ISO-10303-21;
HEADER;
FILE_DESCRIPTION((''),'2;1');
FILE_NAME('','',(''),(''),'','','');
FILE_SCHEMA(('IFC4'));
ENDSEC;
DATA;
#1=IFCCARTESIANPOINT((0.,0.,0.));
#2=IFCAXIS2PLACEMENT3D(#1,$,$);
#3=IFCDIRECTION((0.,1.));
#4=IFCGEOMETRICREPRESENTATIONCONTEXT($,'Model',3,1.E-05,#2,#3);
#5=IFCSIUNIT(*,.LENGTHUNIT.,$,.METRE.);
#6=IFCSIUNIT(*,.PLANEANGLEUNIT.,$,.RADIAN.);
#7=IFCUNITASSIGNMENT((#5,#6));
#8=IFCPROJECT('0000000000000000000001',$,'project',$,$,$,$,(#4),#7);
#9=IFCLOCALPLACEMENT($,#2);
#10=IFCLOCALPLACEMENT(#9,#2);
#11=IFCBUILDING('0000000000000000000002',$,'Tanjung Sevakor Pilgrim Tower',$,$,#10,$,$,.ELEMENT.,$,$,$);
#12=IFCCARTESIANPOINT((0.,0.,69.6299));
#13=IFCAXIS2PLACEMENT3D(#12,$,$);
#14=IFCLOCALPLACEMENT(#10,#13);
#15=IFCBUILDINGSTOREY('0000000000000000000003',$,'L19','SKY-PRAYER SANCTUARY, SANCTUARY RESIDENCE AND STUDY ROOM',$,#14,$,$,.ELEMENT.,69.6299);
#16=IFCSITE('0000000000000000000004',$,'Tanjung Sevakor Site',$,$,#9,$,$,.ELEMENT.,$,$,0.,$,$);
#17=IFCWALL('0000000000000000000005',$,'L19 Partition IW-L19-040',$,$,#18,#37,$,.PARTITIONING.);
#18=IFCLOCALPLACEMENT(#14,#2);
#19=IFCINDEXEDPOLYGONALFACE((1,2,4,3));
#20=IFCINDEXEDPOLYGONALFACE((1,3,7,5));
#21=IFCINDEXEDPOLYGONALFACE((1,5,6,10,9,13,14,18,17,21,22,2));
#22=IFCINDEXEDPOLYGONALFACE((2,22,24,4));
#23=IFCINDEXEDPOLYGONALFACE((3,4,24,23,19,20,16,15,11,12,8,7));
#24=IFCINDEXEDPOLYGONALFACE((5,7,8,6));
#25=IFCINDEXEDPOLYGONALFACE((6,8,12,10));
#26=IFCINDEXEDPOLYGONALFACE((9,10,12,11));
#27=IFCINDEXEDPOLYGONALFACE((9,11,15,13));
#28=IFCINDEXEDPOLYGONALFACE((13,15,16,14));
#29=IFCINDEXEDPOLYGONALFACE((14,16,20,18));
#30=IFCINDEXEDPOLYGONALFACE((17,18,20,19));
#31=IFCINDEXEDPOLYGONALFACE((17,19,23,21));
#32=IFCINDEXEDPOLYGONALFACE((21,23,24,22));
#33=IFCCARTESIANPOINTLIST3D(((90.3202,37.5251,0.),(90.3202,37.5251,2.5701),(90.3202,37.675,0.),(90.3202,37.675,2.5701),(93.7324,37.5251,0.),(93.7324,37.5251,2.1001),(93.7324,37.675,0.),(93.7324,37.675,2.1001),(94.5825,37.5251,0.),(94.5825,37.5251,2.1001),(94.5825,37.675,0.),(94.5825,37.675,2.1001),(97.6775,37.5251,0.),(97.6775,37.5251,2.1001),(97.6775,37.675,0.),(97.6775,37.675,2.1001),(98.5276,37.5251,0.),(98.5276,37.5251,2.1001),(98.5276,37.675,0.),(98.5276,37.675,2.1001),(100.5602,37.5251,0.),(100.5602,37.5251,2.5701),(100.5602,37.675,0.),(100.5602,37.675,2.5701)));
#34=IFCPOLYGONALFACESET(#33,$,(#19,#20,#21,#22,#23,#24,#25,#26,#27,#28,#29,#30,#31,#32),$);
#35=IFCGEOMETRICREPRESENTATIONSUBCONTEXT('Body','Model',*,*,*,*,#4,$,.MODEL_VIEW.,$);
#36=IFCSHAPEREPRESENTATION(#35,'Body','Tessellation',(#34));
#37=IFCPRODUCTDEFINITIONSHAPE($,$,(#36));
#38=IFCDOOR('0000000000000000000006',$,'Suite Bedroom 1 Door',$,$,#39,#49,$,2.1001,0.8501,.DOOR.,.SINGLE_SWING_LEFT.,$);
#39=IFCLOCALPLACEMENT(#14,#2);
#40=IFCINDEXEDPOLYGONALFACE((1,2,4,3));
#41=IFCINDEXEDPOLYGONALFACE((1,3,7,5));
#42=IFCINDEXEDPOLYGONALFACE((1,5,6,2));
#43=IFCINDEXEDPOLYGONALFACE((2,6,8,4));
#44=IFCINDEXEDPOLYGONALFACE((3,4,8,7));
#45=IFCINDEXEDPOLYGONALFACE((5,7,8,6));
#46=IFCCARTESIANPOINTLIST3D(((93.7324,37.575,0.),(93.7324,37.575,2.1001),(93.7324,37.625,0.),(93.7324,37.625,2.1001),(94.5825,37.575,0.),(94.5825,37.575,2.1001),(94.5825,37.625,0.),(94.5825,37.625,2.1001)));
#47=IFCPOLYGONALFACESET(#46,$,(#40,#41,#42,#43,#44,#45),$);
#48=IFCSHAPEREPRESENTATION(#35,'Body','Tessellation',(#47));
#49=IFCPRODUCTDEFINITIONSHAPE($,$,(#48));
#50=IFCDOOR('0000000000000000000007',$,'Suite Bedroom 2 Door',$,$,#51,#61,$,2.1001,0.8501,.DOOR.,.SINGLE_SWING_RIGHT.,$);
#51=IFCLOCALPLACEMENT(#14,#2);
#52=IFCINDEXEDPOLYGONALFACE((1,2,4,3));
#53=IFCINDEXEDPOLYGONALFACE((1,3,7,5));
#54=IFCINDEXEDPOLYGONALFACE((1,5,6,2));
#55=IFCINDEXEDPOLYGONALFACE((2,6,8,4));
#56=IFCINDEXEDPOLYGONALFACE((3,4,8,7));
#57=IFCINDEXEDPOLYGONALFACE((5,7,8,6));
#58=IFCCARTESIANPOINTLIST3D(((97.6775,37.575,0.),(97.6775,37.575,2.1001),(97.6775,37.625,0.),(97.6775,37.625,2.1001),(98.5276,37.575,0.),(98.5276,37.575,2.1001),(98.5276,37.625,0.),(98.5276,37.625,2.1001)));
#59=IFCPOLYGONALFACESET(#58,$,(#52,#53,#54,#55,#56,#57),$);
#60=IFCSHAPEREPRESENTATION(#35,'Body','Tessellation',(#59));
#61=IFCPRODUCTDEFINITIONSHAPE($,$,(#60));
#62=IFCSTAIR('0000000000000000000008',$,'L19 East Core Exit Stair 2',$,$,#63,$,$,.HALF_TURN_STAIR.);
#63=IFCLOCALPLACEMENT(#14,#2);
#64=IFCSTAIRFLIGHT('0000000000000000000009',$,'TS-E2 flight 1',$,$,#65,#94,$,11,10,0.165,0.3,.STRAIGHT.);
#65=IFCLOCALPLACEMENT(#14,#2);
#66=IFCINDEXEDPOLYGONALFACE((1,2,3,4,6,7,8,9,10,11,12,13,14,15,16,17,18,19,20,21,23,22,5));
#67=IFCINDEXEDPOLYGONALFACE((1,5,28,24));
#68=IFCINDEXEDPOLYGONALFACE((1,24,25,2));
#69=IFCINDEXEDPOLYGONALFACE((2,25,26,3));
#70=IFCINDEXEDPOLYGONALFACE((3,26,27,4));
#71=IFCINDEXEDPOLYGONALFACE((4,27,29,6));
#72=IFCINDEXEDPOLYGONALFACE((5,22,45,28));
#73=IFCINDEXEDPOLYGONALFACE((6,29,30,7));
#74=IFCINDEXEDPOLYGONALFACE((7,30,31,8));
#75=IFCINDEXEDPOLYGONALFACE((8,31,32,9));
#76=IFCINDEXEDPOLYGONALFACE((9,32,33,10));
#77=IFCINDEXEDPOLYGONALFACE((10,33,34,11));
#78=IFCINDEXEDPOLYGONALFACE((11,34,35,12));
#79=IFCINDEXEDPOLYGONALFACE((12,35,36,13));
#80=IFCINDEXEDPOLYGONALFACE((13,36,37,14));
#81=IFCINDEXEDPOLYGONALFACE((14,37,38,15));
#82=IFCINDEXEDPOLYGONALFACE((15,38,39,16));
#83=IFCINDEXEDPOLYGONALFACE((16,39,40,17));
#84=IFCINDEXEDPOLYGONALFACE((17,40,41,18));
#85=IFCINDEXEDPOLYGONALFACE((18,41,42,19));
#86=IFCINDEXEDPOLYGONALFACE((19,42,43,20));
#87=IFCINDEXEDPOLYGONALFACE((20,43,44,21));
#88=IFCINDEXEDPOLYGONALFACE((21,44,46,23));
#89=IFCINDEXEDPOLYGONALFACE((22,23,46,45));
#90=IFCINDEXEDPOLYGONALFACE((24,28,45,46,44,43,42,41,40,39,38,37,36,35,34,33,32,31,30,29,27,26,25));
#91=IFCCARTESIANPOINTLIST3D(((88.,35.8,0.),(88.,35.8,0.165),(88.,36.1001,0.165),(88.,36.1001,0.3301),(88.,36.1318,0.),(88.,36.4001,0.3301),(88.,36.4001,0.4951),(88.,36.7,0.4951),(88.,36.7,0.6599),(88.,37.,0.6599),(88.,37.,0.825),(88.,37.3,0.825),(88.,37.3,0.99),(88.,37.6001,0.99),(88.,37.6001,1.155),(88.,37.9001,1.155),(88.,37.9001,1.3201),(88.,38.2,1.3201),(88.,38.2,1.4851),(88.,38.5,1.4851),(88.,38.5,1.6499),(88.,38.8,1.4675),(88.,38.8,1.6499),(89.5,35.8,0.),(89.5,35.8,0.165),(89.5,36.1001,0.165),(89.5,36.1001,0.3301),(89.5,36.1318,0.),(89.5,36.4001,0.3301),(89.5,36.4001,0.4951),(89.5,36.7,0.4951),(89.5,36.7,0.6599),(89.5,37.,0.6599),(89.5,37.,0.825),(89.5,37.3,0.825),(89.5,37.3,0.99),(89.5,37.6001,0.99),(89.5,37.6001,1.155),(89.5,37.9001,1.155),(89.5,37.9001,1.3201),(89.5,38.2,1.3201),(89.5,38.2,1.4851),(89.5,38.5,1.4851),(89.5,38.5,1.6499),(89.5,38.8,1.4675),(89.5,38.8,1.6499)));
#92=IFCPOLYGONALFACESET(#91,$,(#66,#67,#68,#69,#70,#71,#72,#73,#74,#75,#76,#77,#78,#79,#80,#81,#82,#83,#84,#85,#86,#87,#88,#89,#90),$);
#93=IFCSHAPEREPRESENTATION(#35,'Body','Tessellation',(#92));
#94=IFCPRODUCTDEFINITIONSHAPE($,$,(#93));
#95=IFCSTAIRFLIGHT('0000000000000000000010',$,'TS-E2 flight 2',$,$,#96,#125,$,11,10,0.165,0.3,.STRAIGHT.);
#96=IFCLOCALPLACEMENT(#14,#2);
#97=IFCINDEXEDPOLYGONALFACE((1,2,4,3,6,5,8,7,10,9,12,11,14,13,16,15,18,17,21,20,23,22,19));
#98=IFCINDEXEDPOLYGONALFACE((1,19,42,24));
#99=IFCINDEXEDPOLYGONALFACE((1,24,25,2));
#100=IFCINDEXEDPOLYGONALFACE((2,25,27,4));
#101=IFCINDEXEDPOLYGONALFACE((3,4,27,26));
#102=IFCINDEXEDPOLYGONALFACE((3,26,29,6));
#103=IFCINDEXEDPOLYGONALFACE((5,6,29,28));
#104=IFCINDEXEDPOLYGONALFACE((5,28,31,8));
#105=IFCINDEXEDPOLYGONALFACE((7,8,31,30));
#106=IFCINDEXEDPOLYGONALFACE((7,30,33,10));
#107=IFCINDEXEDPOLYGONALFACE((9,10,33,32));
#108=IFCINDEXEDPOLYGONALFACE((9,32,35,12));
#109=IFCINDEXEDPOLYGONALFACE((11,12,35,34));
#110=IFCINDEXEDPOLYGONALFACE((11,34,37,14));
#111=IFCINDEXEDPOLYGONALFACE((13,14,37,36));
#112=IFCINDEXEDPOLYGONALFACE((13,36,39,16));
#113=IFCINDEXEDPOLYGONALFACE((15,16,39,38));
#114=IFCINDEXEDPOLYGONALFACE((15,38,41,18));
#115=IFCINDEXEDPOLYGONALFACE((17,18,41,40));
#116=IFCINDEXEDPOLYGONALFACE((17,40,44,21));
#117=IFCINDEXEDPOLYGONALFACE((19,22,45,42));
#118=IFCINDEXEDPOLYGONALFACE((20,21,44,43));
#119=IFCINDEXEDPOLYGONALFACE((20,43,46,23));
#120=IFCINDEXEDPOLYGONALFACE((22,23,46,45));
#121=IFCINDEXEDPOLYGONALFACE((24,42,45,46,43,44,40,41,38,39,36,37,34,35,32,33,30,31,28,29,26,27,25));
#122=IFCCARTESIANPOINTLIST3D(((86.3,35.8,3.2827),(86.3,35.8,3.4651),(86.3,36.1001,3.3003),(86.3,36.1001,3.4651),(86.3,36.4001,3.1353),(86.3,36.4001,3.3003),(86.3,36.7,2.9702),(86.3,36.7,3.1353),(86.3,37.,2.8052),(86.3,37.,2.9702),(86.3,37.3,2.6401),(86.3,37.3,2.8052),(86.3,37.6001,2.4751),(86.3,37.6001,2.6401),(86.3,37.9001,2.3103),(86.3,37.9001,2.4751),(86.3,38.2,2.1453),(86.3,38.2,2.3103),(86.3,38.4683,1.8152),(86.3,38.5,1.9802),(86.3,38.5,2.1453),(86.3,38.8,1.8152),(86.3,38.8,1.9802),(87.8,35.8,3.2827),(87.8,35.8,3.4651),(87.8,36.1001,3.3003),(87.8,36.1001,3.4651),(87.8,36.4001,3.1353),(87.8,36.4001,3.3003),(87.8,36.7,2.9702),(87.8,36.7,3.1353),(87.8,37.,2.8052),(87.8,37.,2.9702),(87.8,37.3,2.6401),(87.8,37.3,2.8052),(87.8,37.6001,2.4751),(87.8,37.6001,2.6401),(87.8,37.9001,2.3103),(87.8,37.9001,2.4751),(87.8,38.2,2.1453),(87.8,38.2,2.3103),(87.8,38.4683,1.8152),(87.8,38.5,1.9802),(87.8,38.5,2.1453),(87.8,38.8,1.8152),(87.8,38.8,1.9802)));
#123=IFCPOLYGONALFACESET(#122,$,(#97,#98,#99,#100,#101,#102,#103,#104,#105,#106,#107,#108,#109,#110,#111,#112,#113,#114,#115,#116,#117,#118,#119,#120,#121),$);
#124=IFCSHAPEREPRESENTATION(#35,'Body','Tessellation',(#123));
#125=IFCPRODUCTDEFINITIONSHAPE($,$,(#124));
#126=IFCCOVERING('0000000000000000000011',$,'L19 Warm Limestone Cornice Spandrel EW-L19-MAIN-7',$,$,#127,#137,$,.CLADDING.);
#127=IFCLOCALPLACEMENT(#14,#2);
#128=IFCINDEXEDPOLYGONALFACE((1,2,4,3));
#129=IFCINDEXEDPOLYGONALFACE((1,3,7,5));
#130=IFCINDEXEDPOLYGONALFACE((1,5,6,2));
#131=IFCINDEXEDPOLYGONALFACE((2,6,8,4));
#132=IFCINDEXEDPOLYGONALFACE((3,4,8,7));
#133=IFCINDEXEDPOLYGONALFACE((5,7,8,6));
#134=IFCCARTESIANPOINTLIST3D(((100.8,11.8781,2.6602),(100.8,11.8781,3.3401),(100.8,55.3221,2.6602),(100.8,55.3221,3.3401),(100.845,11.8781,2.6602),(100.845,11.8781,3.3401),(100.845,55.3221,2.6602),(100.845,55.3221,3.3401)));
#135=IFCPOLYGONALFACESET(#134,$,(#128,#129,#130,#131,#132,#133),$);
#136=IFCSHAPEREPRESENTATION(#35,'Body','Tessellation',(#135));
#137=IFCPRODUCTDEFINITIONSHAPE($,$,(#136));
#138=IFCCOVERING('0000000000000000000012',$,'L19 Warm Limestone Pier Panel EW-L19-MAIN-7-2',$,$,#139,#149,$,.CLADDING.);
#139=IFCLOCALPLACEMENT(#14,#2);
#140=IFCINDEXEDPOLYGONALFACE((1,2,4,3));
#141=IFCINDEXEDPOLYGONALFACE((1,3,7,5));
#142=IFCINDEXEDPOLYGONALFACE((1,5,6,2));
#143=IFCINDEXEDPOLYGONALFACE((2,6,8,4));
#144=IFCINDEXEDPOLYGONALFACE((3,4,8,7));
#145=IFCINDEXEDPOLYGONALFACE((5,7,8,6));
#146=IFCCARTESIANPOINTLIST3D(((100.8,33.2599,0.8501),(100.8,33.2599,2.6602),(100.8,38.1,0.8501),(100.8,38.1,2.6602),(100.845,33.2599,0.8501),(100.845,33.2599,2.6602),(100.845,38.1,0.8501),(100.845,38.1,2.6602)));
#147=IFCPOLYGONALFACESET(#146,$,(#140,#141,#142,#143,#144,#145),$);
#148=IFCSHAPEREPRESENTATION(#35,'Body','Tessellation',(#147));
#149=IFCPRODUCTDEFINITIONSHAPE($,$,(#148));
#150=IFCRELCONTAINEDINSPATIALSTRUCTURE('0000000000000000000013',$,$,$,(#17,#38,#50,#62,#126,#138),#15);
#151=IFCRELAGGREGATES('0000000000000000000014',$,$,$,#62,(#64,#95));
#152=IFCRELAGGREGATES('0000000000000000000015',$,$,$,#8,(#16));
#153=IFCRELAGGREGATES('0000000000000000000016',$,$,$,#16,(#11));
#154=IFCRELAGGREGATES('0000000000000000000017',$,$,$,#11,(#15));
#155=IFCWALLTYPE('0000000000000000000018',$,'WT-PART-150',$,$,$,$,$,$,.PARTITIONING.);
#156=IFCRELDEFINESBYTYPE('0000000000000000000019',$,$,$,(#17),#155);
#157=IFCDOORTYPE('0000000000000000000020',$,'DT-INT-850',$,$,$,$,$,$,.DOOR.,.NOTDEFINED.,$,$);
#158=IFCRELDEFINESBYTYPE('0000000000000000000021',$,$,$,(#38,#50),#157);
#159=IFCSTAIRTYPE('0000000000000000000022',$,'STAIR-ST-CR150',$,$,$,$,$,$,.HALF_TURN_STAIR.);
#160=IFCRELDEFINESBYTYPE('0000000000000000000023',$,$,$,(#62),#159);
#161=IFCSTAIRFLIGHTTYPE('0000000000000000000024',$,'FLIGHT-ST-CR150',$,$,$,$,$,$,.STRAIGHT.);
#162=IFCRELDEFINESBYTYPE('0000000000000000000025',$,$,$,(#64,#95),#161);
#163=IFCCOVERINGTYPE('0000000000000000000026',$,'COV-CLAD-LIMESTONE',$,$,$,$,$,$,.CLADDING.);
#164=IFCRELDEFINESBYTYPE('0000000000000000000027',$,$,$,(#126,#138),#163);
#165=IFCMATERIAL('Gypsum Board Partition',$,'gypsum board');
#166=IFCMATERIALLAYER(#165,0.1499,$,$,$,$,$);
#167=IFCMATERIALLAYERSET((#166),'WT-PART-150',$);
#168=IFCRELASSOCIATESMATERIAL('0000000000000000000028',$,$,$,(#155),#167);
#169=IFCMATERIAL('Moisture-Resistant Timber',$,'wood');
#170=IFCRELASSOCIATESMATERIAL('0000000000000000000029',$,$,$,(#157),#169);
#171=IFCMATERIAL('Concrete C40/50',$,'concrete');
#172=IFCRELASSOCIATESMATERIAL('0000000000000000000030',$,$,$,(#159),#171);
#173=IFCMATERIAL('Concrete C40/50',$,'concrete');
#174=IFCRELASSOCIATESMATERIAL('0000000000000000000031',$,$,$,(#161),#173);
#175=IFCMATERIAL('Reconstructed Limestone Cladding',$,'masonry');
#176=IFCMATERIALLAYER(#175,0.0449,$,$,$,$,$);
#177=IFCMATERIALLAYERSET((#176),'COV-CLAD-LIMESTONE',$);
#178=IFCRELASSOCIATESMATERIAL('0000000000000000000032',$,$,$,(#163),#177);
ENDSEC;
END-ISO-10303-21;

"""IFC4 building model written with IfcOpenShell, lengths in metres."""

from ifc_helpers import new_model, si_unit, direction, frame, frame_2d, origin, origin_2d, place, context, subcontext, project, spatial, polyline, rectangle, outline, extrude, material, layer, layer_set, type_object, element, fill, aggregate, save


model = new_model("IFC4")

# Units and contexts
model_context = context("Model", 3, precision=1e-05, world=origin(), true_north=direction((0.0, 1.0)))
body_context = subcontext(model_context, "Body", "Model", "MODEL_VIEW")
ifc_project = project(units=[si_unit("LENGTHUNIT", "METRE"), si_unit("PLANEANGLEUNIT", "RADIAN")], contexts=[model_context])

# Site, building, storey
site_placement = place(None, origin())
site = spatial("IfcSite", under=ifc_project, at=site_placement, Name="Tanjung Sevakor Site", CompositionType="ELEMENT", RefElevation=0.0)
building_placement = place(site_placement, origin())
building = spatial("IfcBuilding", under=site, at=building_placement, Name="Tanjung Sevakor Pilgrim Tower", CompositionType="ELEMENT")
storey_placement = place(building_placement, frame((0.0, 0.0, 69.6299)))
storey = spatial("IfcBuildingStorey", under=building, at=storey_placement, Name="L19", Description="SKY-PRAYER SANCTUARY, SANCTUARY RESIDENCE AND STUDY ROOM", CompositionType="ELEMENT", Elevation=69.6299)

# Shared definitions
ifc_material_1 = material(Name="Gypsum Board Partition", Category="gypsum board")
ifc_layer_1 = layer(ifc_material_1, 0.1499)
ifc_layer_set_1 = layer_set([ifc_layer_1], Name="WT-PART-150")
wall_type_1 = type_object("IfcWallType", Name="WT-PART-150", PredefinedType="PARTITIONING", material=ifc_layer_set_1)

# Wall, openings, doors
wall_1_placement = place(storey_placement, frame((90.3201, 37.6001, 0.0), z_axis=(0.0, 0.0, 1.0), x_axis=(1.0, 0.0, 0.0)))
wall_1 = element("IfcWall", 1, at=wall_1_placement, inside=storey, type_object=wall_type_1, Name="L19 Partition IW-L19-040", PredefinedType="PARTITIONING", context=body_context, shape_type="SweptSolid", body=[
    extrude(rectangle(XDim=10.24, YDim=0.1499, at=frame_2d((5.1201, 0.0))), origin(), (0.0, 0.0, 1.0), 2.5701),
])
opening_1_placement = place(wall_1_placement, frame((3.4124, 0.0, 0.0)))
opening_1 = element("IfcOpeningElement", 2, at=opening_1_placement, cuts=wall_1, PredefinedType="OPENING", context=body_context, shape_type="SweptSolid", body=[
    extrude(rectangle(XDim=0.8501, YDim=2.1001, at=frame_2d((0.425, 1.05))), frame((0.0, 0.085, 0.0), z_axis=(0.0, -1.0, 0.0), x_axis=(1.0, 0.0, 0.0)), (0.0, 0.0, 1.0), 0.1699),
])
opening_2_placement = place(wall_1_placement, frame((7.3574, 0.0, 0.0)))
opening_2 = element("IfcOpeningElement", 3, at=opening_2_placement, cuts=wall_1, PredefinedType="OPENING", context=body_context, shape_type="SweptSolid", body=[
    extrude(rectangle(XDim=0.8501, YDim=2.1001, at=frame_2d((0.425, 1.05))), frame((0.0, 0.085, 0.0), z_axis=(0.0, -1.0, 0.0), x_axis=(1.0, 0.0, 0.0)), (0.0, 0.0, 1.0), 0.1699),
])
ifc_material_2 = material(Name="Moisture-Resistant Timber", Category="wood")
door_type = type_object("IfcDoorType", Name="DT-INT-850", OperationType="NOTDEFINED", PredefinedType="DOOR", material=ifc_material_2)
door_1_placement = place(opening_1_placement, origin())
door_1 = element("IfcDoor", 4, at=door_1_placement, inside=storey, type_object=door_type, Name="Suite Bedroom 1 Door", OperationType="SINGLE_SWING_LEFT", OverallHeight=2.1001, OverallWidth=0.8501, PredefinedType="DOOR", context=body_context, shape_type="SweptSolid", body=[
    extrude(rectangle(XDim=0.8501, YDim=2.1001, at=frame_2d((0.425, 1.05))), frame((0.0, 0.0249, 0.0), z_axis=(0.0, -1.0, 0.0), x_axis=(1.0, 0.0, 0.0)), (0.0, 0.0, 1.0), 0.05),
])
fill(opening_1, door_1)
door_2_placement = place(opening_2_placement, origin())
door_2 = element("IfcDoor", 5, at=door_2_placement, inside=storey, type_object=door_type, Name="Suite Bedroom 2 Door", OperationType="SINGLE_SWING_RIGHT", OverallHeight=2.1001, OverallWidth=0.8501, PredefinedType="DOOR", context=body_context, shape_type="SweptSolid", body=[
    extrude(rectangle(XDim=0.8501, YDim=2.1001, at=frame_2d((0.425, 1.05))), frame((0.0, 0.0249, 0.0), z_axis=(0.0, -1.0, 0.0), x_axis=(1.0, 0.0, 0.0)), (0.0, 0.0, 1.0), 0.05),
])
fill(opening_2, door_2)

# Stair, stair flights
ifc_material_3 = material(Name="Concrete C40/50", Category="concrete")
stair_type = type_object("IfcStairType", Name="STAIR-ST-CR150", PredefinedType="HALF_TURN_STAIR", material=ifc_material_3)
stair_placement = place(storey_placement, origin())
stair = element("IfcStair", 6, at=stair_placement, inside=storey, type_object=stair_type, Name="L19 East Core Exit Stair 2", PredefinedType="HALF_TURN_STAIR")
ifc_material_4 = material(Name="Concrete C40/50", Category="concrete")
stair_flight_type = type_object("IfcStairFlightType", Name="FLIGHT-ST-CR150", PredefinedType="STRAIGHT", material=ifc_material_4)
stair_flight_1_placement = place(storey_placement, frame((88.75, 35.8, 0.0), z_axis=(0.0, 0.0, 1.0), x_axis=(0.0, 1.0, 0.0)))
stair_flight_1 = element("IfcStairFlight", 7, at=stair_flight_1_placement, type_object=stair_flight_type, Name="TS-E2 flight 1", NumberOfRisers=11, NumberOfTreads=10, PredefinedType="STRAIGHT", RiserHeight=0.165, TreadLength=0.3, context=body_context, shape_type="SweptSolid", body=[
    extrude(outline(polyline([(0.0, 0.0), (0.0, 0.165), (0.3, 0.165), (0.3, 0.3301), (0.6001, 0.3301), (0.6001, 0.4951), (0.8999, 0.4951), (0.8999, 0.6599), (1.2, 0.6599), (1.2, 0.825), (1.5, 0.825), (1.5, 0.99), (1.8, 0.99), (1.8, 1.155), (2.1001, 1.155), (2.1001, 1.3201), (2.3999, 1.3201), (2.3999, 1.4851), (2.7, 1.4851), (2.7, 1.6499), (3.0, 1.6499), (3.0, 1.8149), (3.0, 1.4675), (0.3318, 0.0), (0.0, 0.0)])), frame((0.0, 0.75, 0.0), z_axis=(0.0, -1.0, 0.0), x_axis=(1.0, 0.0, 0.0)), (0.0, 0.0, 1.0), 1.5),
])
stair_flight_2_placement = place(storey_placement, frame((87.05, 38.8, 1.8152), z_axis=(0.0, 0.0, 1.0), x_axis=(0.0, -1.0, 0.0)))
stair_flight_2 = element("IfcStairFlight", 8, at=stair_flight_2_placement, type_object=stair_flight_type, Name="TS-E2 flight 2", NumberOfRisers=11, NumberOfTreads=10, PredefinedType="STRAIGHT", RiserHeight=0.165, TreadLength=0.3, context=body_context, shape_type="SweptSolid", body=[
    extrude(outline(polyline([(0.0, 0.0), (0.0, 0.165), (0.3, 0.165), (0.3, 0.3301), (0.6001, 0.3301), (0.6001, 0.4951), (0.8999, 0.4951), (0.8999, 0.6599), (1.2, 0.6599), (1.2, 0.825), (1.5, 0.825), (1.5, 0.99), (1.8, 0.99), (1.8, 1.155), (2.1001, 1.155), (2.1001, 1.3201), (2.3999, 1.3201), (2.3999, 1.4851), (2.7, 1.4851), (2.7, 1.6499), (3.0, 1.6499), (3.0, 1.8149), (3.0, 1.4675), (0.3318, 0.0), (0.0, 0.0)])), frame((0.0, 0.75, 0.0), z_axis=(0.0, -1.0, 0.0), x_axis=(1.0, 0.0, 0.0)), (0.0, 0.0, 1.0), 1.5),
])
aggregate(stair, [stair_flight_1, stair_flight_2])

# Coverings
ifc_material_5 = material(Name="Reconstructed Limestone Cladding", Category="masonry")
ifc_layer_2 = layer(ifc_material_5, 0.0449)
ifc_layer_set_2 = layer_set([ifc_layer_2], Name="COV-CLAD-LIMESTONE")
covering_type = type_object("IfcCoveringType", Name="COV-CLAD-LIMESTONE", PredefinedType="CLADDING", material=ifc_layer_set_2)
covering_1_placement = place(storey_placement, frame((100.8225, 33.6001, 2.6602), z_axis=(0.0, 0.0, 1.0), x_axis=(0.0, 1.0, 0.0)))
element("IfcCovering", 9, at=covering_1_placement, inside=storey, type_object=covering_type, Name="L19 Warm Limestone Cornice Spandrel EW-L19-MAIN-7", PredefinedType="CLADDING", context=body_context, shape_type="SweptSolid", body=[
    extrude(rectangle(XDim=43.4441, YDim=0.0449, at=origin_2d()), origin(), (0.0, 0.0, 1.0), 0.6799),
])
covering_2_placement = place(storey_placement, frame((100.8225, 35.6799, 0.8501), z_axis=(0.0, 0.0, 1.0), x_axis=(0.0, 1.0, 0.0)))
element("IfcCovering", 10, at=covering_2_placement, inside=storey, type_object=covering_type, Name="L19 Warm Limestone Pier Panel EW-L19-MAIN-7-2", PredefinedType="CLADDING", context=body_context, shape_type="SweptSolid", body=[
    extrude(rectangle(XDim=4.8401, YDim=0.0449, at=origin_2d()), origin(), (0.0, 0.0, 1.0), 1.8101),
])

save(model, "model.ifc")
